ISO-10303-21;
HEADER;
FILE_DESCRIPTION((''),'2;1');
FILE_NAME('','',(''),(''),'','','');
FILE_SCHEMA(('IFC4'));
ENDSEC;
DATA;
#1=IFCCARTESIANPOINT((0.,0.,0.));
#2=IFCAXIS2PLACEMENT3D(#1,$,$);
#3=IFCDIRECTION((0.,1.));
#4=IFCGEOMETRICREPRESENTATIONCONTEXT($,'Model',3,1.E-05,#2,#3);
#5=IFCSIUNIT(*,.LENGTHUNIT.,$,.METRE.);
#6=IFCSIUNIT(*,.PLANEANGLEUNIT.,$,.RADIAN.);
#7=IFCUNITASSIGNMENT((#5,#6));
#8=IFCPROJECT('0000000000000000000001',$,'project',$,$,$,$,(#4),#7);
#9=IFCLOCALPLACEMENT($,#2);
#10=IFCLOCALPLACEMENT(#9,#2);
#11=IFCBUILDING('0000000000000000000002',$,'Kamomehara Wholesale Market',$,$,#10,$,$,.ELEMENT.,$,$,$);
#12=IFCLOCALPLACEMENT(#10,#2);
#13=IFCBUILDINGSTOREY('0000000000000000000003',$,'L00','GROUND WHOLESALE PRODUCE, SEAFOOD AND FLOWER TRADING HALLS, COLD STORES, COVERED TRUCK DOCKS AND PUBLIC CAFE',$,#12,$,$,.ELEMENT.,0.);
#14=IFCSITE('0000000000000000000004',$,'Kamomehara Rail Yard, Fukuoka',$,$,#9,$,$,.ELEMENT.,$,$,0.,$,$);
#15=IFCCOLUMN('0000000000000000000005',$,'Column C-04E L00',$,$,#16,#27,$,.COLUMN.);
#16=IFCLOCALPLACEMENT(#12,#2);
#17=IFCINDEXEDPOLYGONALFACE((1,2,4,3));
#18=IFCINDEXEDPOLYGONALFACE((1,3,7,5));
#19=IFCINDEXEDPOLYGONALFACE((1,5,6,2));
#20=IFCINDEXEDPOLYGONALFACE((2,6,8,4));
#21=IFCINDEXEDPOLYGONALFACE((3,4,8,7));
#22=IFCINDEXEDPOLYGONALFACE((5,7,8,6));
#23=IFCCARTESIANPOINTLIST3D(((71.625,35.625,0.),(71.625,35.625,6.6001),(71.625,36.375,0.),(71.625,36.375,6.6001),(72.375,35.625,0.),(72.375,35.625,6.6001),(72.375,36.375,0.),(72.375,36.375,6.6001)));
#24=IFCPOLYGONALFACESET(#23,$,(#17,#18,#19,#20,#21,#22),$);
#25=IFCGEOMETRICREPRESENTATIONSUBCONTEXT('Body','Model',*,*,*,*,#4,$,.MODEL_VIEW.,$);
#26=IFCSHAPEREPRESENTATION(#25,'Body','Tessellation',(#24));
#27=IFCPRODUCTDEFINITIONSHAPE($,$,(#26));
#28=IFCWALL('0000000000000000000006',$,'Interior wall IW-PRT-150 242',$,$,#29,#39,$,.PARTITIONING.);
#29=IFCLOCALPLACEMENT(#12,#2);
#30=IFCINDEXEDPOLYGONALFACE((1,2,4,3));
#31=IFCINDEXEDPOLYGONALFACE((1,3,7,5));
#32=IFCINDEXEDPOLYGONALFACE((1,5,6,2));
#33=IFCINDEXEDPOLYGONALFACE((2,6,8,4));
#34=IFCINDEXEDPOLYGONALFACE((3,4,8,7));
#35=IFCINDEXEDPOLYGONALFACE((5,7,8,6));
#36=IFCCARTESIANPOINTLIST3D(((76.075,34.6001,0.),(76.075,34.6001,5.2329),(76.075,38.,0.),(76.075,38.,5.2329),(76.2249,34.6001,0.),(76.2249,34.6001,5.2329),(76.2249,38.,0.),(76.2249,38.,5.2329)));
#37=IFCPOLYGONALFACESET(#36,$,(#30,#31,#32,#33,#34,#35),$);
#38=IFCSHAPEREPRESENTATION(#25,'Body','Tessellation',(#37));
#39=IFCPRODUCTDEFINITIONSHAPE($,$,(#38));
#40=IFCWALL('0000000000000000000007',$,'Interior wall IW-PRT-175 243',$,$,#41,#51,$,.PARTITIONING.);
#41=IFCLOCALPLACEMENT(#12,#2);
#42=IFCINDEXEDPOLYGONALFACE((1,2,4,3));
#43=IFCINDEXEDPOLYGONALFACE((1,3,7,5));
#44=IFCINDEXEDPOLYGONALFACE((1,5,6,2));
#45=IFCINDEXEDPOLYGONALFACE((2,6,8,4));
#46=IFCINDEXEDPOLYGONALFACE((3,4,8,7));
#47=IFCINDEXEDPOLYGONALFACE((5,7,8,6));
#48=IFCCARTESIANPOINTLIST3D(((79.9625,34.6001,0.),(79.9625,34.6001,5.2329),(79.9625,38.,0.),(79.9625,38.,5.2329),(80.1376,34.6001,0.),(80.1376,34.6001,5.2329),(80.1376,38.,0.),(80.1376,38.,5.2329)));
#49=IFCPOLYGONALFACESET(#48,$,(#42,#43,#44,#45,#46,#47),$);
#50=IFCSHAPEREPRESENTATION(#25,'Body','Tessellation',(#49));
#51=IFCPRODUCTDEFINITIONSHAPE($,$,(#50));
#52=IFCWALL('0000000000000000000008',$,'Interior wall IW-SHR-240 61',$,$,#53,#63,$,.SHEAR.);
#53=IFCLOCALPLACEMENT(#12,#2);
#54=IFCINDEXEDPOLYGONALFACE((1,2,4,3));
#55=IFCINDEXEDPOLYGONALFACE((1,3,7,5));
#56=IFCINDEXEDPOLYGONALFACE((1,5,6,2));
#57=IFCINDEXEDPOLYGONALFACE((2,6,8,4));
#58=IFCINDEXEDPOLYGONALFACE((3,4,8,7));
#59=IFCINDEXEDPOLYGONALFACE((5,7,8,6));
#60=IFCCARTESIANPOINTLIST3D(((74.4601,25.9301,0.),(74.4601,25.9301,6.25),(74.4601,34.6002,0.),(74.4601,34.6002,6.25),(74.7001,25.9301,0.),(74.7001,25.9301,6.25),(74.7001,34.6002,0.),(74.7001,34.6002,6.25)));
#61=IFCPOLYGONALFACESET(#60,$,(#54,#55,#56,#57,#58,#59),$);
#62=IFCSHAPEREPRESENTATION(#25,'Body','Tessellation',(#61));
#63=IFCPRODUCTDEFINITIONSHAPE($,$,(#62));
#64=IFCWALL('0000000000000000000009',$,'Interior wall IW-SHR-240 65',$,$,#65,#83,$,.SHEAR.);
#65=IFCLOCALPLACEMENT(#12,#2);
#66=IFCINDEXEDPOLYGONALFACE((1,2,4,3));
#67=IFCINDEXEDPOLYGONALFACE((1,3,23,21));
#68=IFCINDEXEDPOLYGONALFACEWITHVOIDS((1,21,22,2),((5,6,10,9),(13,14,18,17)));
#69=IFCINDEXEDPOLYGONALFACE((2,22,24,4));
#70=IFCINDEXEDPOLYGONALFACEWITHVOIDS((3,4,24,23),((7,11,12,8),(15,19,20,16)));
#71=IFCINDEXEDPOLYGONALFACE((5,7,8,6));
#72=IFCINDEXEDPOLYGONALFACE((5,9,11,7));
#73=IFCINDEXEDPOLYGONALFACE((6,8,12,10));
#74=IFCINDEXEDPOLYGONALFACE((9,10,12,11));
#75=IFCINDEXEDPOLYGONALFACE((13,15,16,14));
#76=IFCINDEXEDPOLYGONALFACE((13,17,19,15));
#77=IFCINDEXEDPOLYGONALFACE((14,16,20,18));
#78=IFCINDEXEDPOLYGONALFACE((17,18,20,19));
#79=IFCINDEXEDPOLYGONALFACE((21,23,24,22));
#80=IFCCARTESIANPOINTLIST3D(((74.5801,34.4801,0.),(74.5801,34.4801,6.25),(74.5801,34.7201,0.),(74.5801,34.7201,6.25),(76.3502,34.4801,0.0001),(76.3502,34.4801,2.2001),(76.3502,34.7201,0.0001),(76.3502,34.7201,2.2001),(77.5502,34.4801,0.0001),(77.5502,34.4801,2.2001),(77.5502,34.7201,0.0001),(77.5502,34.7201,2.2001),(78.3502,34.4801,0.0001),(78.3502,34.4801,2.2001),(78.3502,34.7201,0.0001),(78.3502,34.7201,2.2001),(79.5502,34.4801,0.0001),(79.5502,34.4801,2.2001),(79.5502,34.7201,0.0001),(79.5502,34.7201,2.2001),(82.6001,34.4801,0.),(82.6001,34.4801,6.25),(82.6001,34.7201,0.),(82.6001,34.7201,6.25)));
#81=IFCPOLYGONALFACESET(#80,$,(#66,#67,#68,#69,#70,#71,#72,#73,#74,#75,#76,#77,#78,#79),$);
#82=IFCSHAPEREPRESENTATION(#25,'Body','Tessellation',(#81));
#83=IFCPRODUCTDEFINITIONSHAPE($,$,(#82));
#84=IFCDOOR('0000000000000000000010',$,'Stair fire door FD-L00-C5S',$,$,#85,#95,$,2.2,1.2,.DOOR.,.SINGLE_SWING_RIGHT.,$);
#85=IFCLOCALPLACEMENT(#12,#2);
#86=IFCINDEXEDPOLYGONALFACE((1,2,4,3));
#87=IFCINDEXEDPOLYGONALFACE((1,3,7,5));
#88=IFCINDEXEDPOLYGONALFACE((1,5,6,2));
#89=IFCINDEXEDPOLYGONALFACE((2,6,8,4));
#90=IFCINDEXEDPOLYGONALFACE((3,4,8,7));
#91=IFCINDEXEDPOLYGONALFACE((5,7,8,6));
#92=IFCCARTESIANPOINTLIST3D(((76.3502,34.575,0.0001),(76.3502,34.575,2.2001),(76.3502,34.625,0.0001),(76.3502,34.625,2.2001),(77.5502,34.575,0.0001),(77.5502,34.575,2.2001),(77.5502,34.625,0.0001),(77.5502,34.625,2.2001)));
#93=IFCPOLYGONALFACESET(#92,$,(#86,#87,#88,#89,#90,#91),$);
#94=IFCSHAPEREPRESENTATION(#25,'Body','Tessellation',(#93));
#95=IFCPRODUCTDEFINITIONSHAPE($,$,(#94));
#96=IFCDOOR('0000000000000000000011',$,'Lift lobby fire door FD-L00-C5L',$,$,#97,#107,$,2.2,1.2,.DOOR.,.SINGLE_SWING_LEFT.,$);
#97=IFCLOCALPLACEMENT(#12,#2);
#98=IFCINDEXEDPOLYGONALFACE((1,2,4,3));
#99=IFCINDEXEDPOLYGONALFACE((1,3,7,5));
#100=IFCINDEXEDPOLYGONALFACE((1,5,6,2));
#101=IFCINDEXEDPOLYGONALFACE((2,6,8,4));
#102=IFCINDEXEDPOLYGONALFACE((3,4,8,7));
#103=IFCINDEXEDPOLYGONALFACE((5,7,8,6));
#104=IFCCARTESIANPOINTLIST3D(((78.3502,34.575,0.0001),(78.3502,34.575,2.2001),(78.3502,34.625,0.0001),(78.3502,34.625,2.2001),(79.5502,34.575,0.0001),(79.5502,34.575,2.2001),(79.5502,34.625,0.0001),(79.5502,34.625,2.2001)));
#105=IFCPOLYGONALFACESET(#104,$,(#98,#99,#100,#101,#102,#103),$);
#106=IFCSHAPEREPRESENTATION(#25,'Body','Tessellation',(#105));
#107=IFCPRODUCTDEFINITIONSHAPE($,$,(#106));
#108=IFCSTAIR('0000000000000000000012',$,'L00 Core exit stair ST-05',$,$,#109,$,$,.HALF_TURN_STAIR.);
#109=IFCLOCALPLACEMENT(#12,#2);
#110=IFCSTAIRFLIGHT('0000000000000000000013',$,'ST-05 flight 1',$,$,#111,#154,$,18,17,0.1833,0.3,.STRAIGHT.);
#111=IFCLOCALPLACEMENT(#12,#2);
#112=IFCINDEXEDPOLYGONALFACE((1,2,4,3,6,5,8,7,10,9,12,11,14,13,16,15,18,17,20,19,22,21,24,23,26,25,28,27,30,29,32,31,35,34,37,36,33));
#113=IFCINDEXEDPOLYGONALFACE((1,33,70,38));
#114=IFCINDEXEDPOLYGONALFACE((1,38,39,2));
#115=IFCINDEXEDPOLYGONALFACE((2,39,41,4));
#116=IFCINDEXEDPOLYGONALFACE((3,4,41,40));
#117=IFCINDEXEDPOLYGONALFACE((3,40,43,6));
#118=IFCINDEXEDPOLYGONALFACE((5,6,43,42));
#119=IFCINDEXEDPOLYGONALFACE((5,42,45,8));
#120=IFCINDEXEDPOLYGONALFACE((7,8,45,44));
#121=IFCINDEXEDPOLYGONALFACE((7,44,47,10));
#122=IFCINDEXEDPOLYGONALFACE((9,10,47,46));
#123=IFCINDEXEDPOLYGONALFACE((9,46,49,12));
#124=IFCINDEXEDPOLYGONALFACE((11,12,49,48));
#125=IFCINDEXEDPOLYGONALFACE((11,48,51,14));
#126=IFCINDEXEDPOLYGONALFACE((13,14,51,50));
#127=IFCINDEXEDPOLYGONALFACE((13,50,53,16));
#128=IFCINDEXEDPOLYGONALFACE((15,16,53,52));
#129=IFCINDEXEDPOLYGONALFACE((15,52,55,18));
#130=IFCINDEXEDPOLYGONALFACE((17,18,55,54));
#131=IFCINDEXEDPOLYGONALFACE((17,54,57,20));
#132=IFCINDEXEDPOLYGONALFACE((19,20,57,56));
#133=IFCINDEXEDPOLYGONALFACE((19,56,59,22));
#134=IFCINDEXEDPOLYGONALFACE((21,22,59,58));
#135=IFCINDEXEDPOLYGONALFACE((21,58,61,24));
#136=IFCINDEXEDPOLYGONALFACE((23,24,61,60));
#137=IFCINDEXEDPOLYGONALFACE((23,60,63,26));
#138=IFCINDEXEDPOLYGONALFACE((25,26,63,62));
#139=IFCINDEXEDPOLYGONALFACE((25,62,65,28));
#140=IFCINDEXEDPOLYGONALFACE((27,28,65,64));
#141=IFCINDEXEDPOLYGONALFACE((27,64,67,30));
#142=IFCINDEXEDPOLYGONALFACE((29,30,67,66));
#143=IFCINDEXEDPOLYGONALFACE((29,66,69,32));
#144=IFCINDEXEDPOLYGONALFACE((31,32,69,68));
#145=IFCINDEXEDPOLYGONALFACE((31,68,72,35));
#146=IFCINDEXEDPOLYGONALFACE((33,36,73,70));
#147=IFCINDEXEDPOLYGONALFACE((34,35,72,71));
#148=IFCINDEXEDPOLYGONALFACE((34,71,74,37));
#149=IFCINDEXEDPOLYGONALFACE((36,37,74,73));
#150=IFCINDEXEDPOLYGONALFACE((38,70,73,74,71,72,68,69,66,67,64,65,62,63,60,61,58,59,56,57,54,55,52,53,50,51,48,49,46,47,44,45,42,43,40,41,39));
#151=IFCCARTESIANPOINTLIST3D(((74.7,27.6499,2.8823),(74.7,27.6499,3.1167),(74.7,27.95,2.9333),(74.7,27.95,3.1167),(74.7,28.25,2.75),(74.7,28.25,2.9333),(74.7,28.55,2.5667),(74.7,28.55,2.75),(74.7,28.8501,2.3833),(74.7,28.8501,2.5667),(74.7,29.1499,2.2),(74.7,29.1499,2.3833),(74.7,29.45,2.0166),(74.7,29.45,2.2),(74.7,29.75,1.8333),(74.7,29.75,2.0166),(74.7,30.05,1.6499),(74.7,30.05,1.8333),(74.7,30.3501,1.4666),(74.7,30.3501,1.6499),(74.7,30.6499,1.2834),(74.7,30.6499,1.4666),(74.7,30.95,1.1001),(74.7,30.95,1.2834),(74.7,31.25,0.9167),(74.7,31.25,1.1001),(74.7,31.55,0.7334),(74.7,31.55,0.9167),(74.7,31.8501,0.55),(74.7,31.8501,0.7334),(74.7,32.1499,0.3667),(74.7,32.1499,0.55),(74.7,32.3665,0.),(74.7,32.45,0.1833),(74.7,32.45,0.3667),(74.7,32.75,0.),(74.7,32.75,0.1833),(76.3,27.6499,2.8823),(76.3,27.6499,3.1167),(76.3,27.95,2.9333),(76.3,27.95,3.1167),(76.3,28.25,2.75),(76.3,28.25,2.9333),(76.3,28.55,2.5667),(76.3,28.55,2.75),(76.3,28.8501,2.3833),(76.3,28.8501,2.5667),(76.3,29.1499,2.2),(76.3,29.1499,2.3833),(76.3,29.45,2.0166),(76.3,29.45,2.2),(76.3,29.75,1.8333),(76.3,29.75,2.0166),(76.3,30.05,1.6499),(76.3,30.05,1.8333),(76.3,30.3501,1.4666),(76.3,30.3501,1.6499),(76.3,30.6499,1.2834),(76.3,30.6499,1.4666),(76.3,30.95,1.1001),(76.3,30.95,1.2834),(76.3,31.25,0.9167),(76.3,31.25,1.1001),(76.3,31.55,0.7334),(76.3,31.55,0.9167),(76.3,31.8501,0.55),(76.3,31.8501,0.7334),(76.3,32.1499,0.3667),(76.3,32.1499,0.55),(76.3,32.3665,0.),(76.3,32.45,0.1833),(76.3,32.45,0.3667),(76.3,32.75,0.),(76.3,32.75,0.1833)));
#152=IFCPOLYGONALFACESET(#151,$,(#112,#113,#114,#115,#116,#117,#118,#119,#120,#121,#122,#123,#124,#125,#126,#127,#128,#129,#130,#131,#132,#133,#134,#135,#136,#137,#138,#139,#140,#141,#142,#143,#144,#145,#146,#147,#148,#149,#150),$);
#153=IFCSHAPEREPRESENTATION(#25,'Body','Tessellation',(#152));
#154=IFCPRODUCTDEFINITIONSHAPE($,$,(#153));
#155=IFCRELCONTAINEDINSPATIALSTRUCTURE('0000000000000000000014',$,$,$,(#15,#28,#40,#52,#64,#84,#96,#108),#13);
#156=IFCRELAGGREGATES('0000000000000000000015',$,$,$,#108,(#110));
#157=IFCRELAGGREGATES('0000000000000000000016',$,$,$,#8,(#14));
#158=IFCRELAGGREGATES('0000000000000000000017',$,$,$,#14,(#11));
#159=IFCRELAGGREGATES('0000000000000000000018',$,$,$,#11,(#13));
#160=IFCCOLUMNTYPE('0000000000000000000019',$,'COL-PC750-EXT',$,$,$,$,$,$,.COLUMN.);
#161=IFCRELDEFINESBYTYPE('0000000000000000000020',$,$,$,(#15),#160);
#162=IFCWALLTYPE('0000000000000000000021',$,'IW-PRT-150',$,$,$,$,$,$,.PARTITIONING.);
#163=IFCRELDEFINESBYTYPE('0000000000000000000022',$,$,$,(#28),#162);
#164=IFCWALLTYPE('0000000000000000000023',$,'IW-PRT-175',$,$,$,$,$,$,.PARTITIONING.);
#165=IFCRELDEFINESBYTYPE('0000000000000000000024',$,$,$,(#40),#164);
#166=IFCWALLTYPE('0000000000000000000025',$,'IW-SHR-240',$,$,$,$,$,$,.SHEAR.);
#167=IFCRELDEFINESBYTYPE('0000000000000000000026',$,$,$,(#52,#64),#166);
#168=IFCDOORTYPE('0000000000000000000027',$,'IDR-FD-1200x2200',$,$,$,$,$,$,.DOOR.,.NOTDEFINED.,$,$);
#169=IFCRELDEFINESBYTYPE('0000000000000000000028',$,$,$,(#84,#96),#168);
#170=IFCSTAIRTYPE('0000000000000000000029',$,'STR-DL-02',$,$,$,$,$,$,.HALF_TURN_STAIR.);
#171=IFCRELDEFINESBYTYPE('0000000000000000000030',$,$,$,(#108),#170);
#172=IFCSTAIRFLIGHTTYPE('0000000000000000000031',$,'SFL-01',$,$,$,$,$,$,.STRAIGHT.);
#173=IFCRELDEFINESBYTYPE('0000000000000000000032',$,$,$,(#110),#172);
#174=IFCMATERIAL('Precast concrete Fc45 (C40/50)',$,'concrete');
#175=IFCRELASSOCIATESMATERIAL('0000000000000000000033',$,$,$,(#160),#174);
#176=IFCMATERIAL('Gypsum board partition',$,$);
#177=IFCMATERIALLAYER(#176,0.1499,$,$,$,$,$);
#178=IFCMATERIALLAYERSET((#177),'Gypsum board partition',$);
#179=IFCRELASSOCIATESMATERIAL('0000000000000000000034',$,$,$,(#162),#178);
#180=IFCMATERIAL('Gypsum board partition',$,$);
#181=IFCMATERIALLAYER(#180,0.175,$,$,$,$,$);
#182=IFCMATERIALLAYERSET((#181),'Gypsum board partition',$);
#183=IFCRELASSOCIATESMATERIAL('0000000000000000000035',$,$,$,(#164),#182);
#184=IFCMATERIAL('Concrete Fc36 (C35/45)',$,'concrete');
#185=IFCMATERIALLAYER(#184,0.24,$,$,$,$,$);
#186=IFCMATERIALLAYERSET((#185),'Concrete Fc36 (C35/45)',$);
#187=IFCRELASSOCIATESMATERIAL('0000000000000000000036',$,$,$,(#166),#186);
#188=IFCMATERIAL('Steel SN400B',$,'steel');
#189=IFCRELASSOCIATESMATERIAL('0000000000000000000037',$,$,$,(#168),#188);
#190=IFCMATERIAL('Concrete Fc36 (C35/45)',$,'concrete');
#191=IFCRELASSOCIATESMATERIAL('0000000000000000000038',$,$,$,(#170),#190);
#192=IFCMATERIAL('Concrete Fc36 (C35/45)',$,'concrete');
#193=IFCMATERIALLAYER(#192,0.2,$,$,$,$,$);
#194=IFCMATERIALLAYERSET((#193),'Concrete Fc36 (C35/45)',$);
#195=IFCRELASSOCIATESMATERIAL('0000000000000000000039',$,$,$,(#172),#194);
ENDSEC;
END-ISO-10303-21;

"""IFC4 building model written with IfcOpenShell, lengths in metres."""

from ifc_helpers import new_model, si_unit, direction, frame, frame_2d, origin, origin_2d, place, context, subcontext, project, spatial, polyline, rectangle, outline, extrude, material, layer, layer_set, material_profile, profile_set, type_object, element, fill, aggregate, save


model = new_model("IFC4")

# Units and contexts
model_context = context("Model", 3, precision=1e-05, world=origin(), true_north=direction((0.0, 1.0)))
body_context = subcontext(model_context, "Body", "Model", "MODEL_VIEW")
ifc_project = project(units=[si_unit("LENGTHUNIT", "METRE"), si_unit("PLANEANGLEUNIT", "RADIAN")], contexts=[model_context])

# Site, building, storey
site_placement = place(None, origin())
site = spatial("IfcSite", under=ifc_project, at=site_placement, Name="Kamomehara Rail Yard, Fukuoka", CompositionType="ELEMENT", RefElevation=0.0)
building_placement = place(site_placement, origin())
building = spatial("IfcBuilding", under=site, at=building_placement, Name="Kamomehara Wholesale Market", CompositionType="ELEMENT")
storey_placement = place(building_placement, origin())
storey = spatial("IfcBuildingStorey", under=building, at=storey_placement, Name="L00", Description="GROUND WHOLESALE PRODUCE, SEAFOOD AND FLOWER TRADING HALLS, COLD STORES, COVERED TRUCK DOCKS AND PUBLIC CAFE", CompositionType="ELEMENT", Elevation=0.0)

# Column
ifc_material_1 = material(Name="Precast concrete Fc45 (C40/50)", Category="concrete")
ifc_material_profile_1 = material_profile(ifc_material_1, rectangle(XDim=0.75, YDim=0.75, at=origin_2d()), Name="PC-COL-750x750")
ifc_profile_set_1 = profile_set([ifc_material_profile_1], Name="Precast concrete Fc45 (C40/50)")
column_type = type_object("IfcColumnType", Name="COL-PC750-EXT", PredefinedType="COLUMN", material=ifc_profile_set_1)
column_placement = place(storey_placement, frame((72.0, 36.0, 0.0), z_axis=(0.0, 0.0, 1.0), x_axis=(1.0, 0.0, 0.0)))
element("IfcColumn", 1, at=column_placement, inside=storey, type_object=column_type, Name="Column C-04E L00", PredefinedType="COLUMN", context=body_context, shape_type="SweptSolid", body=[
    extrude(rectangle(XDim=0.75, YDim=0.75, at=origin_2d()), origin(), (0.0, 0.0, 1.0), 6.6001),
])

# Walls
ifc_material_2 = material(Name="Gypsum board partition")
ifc_layer_1 = layer(ifc_material_2, 0.1499)
ifc_layer_set_1 = layer_set([ifc_layer_1], Name="Gypsum board partition")
wall_type_1 = type_object("IfcWallType", Name="IW-PRT-150", PredefinedType="PARTITIONING", material=ifc_layer_set_1)
wall_1_placement = place(storey_placement, frame((76.1499, 34.6001, 0.0), z_axis=(0.0, 0.0, 1.0), x_axis=(0.0, 1.0, 0.0)))
element("IfcWall", 2, at=wall_1_placement, inside=storey, type_object=wall_type_1, Name="Interior wall IW-PRT-150 242", PredefinedType="PARTITIONING", context=body_context, shape_type="SweptSolid", body=[
    extrude(rectangle(XDim=3.3999, YDim=0.1499, at=frame_2d((1.7, 0.0))), origin(), (0.0, 0.0, 1.0), 5.2329),
])
ifc_material_3 = material(Name="Gypsum board partition")
ifc_layer_2 = layer(ifc_material_3, 0.175)
ifc_layer_set_2 = layer_set([ifc_layer_2], Name="Gypsum board partition")
wall_type_2 = type_object("IfcWallType", Name="IW-PRT-175", PredefinedType="PARTITIONING", material=ifc_layer_set_2)
wall_2_placement = place(storey_placement, frame((80.05, 34.6001, 0.0), z_axis=(0.0, 0.0, 1.0), x_axis=(0.0, 1.0, 0.0)))
element("IfcWall", 3, at=wall_2_placement, inside=storey, type_object=wall_type_2, Name="Interior wall IW-PRT-175 243", PredefinedType="PARTITIONING", context=body_context, shape_type="SweptSolid", body=[
    extrude(rectangle(XDim=3.3999, YDim=0.175, at=frame_2d((1.7, 0.0))), origin(), (0.0, 0.0, 1.0), 5.2329),
])

# Wall
ifc_material_4 = material(Name="Concrete Fc36 (C35/45)", Category="concrete")
ifc_layer_3 = layer(ifc_material_4, 0.24)
ifc_layer_set_3 = layer_set([ifc_layer_3], Name="Concrete Fc36 (C35/45)")
wall_type_3 = type_object("IfcWallType", Name="IW-SHR-240", PredefinedType="SHEAR", material=ifc_layer_set_3)
wall_3_placement = place(storey_placement, frame((74.5801, 34.6001, 0.0), z_axis=(0.0, 0.0, 1.0), x_axis=(0.0, -1.0, 0.0)))
element("IfcWall", 4, at=wall_3_placement, inside=storey, type_object=wall_type_3, Name="Interior wall IW-SHR-240 61", PredefinedType="SHEAR", context=body_context, shape_type="SweptSolid", body=[
    extrude(rectangle(XDim=8.6702, YDim=0.24, at=frame_2d((4.335, 0.0))), origin(), (0.0, 0.0, 1.0), 6.25),
])

# Wall, openings, doors
wall_4_placement = place(storey_placement, frame((74.5801, 34.6001, 0.0), z_axis=(0.0, 0.0, 1.0), x_axis=(1.0, 0.0, 0.0)))
wall_4 = element("IfcWall", 5, at=wall_4_placement, inside=storey, type_object=wall_type_3, Name="Interior wall IW-SHR-240 65", PredefinedType="SHEAR", context=body_context, shape_type="SweptSolid", body=[
    extrude(rectangle(XDim=8.02, YDim=0.24, at=frame_2d((4.01, 0.0))), origin(), (0.0, 0.0, 1.0), 6.25),
])
opening_1_placement = place(wall_4_placement, frame((1.77, 0.0, 0.0)))
opening_1 = element("IfcOpeningElement", 6, at=opening_1_placement, cuts=wall_4, PredefinedType="OPENING", context=body_context, shape_type="SweptSolid", body=[
    extrude(rectangle(XDim=1.2, YDim=2.2, at=frame_2d((0.6001, 1.1001))), frame((0.0, 0.1348, 0.0), z_axis=(0.0, -1.0, 0.0), x_axis=(1.0, 0.0, 0.0)), (0.0, 0.0, 1.0), 0.2698),
])
opening_2_placement = place(wall_4_placement, frame((3.77, 0.0, 0.0)))
opening_2 = element("IfcOpeningElement", 7, at=opening_2_placement, cuts=wall_4, PredefinedType="OPENING", context=body_context, shape_type="SweptSolid", body=[
    extrude(rectangle(XDim=1.2, YDim=2.2, at=frame_2d((0.6001, 1.1001))), frame((0.0, 0.1348, 0.0), z_axis=(0.0, -1.0, 0.0), x_axis=(1.0, 0.0, 0.0)), (0.0, 0.0, 1.0), 0.2698),
])
ifc_material_5 = material(Name="Steel SN400B", Category="steel")
door_type_1 = type_object("IfcDoorType", Name="IDR-FD-1200x2200", OperationType="NOTDEFINED", PredefinedType="DOOR", material=ifc_material_5)
door_1_placement = place(opening_1_placement, origin())
door_1 = element("IfcDoor", 8, at=door_1_placement, inside=storey, type_object=door_type_1, Name="Stair fire door FD-L00-C5S", OperationType="SINGLE_SWING_RIGHT", OverallHeight=2.2, OverallWidth=1.2, PredefinedType="DOOR", context=body_context, shape_type="SweptSolid", body=[
    extrude(rectangle(XDim=1.2, YDim=2.2, at=frame_2d((0.6001, 1.1001))), frame((0.0, 0.0249, 0.0), z_axis=(0.0, -1.0, 0.0), x_axis=(1.0, 0.0, 0.0)), (0.0, 0.0, 1.0), 0.05),
])
fill(opening_1, door_1)
door_2_placement = place(opening_2_placement, origin())
door_2 = element("IfcDoor", 9, at=door_2_placement, inside=storey, type_object=door_type_1, Name="Lift lobby fire door FD-L00-C5L", OperationType="SINGLE_SWING_LEFT", OverallHeight=2.2, OverallWidth=1.2, PredefinedType="DOOR", context=body_context, shape_type="SweptSolid", body=[
    extrude(rectangle(XDim=1.2, YDim=2.2, at=frame_2d((0.6001, 1.1001))), frame((0.0, 0.0249, 0.0), z_axis=(0.0, -1.0, 0.0), x_axis=(1.0, 0.0, 0.0)), (0.0, 0.0, 1.0), 0.05),
])
fill(opening_2, door_2)

# Stair, stair flight
ifc_material_6 = material(Name="Concrete Fc36 (C35/45)", Category="concrete")
stair_type = type_object("IfcStairType", Name="STR-DL-02", PredefinedType="HALF_TURN_STAIR", material=ifc_material_6)
stair_placement = place(storey_placement, origin())
stair = element("IfcStair", 10, at=stair_placement, inside=storey, type_object=stair_type, Name="L00 Core exit stair ST-05", PredefinedType="HALF_TURN_STAIR")
ifc_material_7 = material(Name="Concrete Fc36 (C35/45)", Category="concrete")
ifc_layer_4 = layer(ifc_material_7, 0.2)
ifc_layer_set_4 = layer_set([ifc_layer_4], Name="Concrete Fc36 (C35/45)")
stair_flight_type = type_object("IfcStairFlightType", Name="SFL-01", PredefinedType="STRAIGHT", material=ifc_layer_set_4)
stair_flight_1_placement = place(storey_placement, frame((75.5, 32.75, 0.0), z_axis=(0.0, 0.0, 1.0), x_axis=(0.0, -1.0, 0.0)))
stair_flight_1 = element("IfcStairFlight", 11, at=stair_flight_1_placement, type_object=stair_flight_type, Name="ST-05 flight 1", NumberOfRisers=18, NumberOfTreads=17, PredefinedType="STRAIGHT", RiserHeight=0.1833, TreadLength=0.3, context=body_context, shape_type="SweptSolid", body=[
    extrude(outline(polyline([(0.0, 0.0), (0.0, 0.1833), (0.3, 0.1833), (0.3, 0.3667), (0.6001, 0.3667), (0.6001, 0.55), (0.8999, 0.55), (0.8999, 0.7334), (1.2, 0.7334), (1.2, 0.9167), (1.5, 0.9167), (1.5, 1.1001), (1.8, 1.1001), (1.8, 1.2834), (2.1001, 1.2834), (2.1001, 1.4666), (2.3999, 1.4666), (2.3999, 1.6499), (2.7, 1.6499), (2.7, 1.8333), (3.0, 1.8333), (3.0, 2.0166), (3.3, 2.0166), (3.3, 2.2), (3.6001, 2.2), (3.6001, 2.3833), (3.8999, 2.3833), (3.8999, 2.5667), (4.2, 2.5667), (4.2, 2.75), (4.5, 2.75), (4.5, 2.9333), (4.8, 2.9333), (4.8, 3.1167), (5.1001, 3.1167), (5.1001, 3.3), (5.1001, 2.8823), (0.3835, 0.0), (0.0, 0.0)])), frame((0.0, 0.8, 0.0), z_axis=(0.0, -1.0, 0.0), x_axis=(1.0, 0.0, 0.0)), (0.0, 0.0, 1.0), 1.6001),
])
aggregate(stair, [stair_flight_1])

save(model, "model.ifc")
